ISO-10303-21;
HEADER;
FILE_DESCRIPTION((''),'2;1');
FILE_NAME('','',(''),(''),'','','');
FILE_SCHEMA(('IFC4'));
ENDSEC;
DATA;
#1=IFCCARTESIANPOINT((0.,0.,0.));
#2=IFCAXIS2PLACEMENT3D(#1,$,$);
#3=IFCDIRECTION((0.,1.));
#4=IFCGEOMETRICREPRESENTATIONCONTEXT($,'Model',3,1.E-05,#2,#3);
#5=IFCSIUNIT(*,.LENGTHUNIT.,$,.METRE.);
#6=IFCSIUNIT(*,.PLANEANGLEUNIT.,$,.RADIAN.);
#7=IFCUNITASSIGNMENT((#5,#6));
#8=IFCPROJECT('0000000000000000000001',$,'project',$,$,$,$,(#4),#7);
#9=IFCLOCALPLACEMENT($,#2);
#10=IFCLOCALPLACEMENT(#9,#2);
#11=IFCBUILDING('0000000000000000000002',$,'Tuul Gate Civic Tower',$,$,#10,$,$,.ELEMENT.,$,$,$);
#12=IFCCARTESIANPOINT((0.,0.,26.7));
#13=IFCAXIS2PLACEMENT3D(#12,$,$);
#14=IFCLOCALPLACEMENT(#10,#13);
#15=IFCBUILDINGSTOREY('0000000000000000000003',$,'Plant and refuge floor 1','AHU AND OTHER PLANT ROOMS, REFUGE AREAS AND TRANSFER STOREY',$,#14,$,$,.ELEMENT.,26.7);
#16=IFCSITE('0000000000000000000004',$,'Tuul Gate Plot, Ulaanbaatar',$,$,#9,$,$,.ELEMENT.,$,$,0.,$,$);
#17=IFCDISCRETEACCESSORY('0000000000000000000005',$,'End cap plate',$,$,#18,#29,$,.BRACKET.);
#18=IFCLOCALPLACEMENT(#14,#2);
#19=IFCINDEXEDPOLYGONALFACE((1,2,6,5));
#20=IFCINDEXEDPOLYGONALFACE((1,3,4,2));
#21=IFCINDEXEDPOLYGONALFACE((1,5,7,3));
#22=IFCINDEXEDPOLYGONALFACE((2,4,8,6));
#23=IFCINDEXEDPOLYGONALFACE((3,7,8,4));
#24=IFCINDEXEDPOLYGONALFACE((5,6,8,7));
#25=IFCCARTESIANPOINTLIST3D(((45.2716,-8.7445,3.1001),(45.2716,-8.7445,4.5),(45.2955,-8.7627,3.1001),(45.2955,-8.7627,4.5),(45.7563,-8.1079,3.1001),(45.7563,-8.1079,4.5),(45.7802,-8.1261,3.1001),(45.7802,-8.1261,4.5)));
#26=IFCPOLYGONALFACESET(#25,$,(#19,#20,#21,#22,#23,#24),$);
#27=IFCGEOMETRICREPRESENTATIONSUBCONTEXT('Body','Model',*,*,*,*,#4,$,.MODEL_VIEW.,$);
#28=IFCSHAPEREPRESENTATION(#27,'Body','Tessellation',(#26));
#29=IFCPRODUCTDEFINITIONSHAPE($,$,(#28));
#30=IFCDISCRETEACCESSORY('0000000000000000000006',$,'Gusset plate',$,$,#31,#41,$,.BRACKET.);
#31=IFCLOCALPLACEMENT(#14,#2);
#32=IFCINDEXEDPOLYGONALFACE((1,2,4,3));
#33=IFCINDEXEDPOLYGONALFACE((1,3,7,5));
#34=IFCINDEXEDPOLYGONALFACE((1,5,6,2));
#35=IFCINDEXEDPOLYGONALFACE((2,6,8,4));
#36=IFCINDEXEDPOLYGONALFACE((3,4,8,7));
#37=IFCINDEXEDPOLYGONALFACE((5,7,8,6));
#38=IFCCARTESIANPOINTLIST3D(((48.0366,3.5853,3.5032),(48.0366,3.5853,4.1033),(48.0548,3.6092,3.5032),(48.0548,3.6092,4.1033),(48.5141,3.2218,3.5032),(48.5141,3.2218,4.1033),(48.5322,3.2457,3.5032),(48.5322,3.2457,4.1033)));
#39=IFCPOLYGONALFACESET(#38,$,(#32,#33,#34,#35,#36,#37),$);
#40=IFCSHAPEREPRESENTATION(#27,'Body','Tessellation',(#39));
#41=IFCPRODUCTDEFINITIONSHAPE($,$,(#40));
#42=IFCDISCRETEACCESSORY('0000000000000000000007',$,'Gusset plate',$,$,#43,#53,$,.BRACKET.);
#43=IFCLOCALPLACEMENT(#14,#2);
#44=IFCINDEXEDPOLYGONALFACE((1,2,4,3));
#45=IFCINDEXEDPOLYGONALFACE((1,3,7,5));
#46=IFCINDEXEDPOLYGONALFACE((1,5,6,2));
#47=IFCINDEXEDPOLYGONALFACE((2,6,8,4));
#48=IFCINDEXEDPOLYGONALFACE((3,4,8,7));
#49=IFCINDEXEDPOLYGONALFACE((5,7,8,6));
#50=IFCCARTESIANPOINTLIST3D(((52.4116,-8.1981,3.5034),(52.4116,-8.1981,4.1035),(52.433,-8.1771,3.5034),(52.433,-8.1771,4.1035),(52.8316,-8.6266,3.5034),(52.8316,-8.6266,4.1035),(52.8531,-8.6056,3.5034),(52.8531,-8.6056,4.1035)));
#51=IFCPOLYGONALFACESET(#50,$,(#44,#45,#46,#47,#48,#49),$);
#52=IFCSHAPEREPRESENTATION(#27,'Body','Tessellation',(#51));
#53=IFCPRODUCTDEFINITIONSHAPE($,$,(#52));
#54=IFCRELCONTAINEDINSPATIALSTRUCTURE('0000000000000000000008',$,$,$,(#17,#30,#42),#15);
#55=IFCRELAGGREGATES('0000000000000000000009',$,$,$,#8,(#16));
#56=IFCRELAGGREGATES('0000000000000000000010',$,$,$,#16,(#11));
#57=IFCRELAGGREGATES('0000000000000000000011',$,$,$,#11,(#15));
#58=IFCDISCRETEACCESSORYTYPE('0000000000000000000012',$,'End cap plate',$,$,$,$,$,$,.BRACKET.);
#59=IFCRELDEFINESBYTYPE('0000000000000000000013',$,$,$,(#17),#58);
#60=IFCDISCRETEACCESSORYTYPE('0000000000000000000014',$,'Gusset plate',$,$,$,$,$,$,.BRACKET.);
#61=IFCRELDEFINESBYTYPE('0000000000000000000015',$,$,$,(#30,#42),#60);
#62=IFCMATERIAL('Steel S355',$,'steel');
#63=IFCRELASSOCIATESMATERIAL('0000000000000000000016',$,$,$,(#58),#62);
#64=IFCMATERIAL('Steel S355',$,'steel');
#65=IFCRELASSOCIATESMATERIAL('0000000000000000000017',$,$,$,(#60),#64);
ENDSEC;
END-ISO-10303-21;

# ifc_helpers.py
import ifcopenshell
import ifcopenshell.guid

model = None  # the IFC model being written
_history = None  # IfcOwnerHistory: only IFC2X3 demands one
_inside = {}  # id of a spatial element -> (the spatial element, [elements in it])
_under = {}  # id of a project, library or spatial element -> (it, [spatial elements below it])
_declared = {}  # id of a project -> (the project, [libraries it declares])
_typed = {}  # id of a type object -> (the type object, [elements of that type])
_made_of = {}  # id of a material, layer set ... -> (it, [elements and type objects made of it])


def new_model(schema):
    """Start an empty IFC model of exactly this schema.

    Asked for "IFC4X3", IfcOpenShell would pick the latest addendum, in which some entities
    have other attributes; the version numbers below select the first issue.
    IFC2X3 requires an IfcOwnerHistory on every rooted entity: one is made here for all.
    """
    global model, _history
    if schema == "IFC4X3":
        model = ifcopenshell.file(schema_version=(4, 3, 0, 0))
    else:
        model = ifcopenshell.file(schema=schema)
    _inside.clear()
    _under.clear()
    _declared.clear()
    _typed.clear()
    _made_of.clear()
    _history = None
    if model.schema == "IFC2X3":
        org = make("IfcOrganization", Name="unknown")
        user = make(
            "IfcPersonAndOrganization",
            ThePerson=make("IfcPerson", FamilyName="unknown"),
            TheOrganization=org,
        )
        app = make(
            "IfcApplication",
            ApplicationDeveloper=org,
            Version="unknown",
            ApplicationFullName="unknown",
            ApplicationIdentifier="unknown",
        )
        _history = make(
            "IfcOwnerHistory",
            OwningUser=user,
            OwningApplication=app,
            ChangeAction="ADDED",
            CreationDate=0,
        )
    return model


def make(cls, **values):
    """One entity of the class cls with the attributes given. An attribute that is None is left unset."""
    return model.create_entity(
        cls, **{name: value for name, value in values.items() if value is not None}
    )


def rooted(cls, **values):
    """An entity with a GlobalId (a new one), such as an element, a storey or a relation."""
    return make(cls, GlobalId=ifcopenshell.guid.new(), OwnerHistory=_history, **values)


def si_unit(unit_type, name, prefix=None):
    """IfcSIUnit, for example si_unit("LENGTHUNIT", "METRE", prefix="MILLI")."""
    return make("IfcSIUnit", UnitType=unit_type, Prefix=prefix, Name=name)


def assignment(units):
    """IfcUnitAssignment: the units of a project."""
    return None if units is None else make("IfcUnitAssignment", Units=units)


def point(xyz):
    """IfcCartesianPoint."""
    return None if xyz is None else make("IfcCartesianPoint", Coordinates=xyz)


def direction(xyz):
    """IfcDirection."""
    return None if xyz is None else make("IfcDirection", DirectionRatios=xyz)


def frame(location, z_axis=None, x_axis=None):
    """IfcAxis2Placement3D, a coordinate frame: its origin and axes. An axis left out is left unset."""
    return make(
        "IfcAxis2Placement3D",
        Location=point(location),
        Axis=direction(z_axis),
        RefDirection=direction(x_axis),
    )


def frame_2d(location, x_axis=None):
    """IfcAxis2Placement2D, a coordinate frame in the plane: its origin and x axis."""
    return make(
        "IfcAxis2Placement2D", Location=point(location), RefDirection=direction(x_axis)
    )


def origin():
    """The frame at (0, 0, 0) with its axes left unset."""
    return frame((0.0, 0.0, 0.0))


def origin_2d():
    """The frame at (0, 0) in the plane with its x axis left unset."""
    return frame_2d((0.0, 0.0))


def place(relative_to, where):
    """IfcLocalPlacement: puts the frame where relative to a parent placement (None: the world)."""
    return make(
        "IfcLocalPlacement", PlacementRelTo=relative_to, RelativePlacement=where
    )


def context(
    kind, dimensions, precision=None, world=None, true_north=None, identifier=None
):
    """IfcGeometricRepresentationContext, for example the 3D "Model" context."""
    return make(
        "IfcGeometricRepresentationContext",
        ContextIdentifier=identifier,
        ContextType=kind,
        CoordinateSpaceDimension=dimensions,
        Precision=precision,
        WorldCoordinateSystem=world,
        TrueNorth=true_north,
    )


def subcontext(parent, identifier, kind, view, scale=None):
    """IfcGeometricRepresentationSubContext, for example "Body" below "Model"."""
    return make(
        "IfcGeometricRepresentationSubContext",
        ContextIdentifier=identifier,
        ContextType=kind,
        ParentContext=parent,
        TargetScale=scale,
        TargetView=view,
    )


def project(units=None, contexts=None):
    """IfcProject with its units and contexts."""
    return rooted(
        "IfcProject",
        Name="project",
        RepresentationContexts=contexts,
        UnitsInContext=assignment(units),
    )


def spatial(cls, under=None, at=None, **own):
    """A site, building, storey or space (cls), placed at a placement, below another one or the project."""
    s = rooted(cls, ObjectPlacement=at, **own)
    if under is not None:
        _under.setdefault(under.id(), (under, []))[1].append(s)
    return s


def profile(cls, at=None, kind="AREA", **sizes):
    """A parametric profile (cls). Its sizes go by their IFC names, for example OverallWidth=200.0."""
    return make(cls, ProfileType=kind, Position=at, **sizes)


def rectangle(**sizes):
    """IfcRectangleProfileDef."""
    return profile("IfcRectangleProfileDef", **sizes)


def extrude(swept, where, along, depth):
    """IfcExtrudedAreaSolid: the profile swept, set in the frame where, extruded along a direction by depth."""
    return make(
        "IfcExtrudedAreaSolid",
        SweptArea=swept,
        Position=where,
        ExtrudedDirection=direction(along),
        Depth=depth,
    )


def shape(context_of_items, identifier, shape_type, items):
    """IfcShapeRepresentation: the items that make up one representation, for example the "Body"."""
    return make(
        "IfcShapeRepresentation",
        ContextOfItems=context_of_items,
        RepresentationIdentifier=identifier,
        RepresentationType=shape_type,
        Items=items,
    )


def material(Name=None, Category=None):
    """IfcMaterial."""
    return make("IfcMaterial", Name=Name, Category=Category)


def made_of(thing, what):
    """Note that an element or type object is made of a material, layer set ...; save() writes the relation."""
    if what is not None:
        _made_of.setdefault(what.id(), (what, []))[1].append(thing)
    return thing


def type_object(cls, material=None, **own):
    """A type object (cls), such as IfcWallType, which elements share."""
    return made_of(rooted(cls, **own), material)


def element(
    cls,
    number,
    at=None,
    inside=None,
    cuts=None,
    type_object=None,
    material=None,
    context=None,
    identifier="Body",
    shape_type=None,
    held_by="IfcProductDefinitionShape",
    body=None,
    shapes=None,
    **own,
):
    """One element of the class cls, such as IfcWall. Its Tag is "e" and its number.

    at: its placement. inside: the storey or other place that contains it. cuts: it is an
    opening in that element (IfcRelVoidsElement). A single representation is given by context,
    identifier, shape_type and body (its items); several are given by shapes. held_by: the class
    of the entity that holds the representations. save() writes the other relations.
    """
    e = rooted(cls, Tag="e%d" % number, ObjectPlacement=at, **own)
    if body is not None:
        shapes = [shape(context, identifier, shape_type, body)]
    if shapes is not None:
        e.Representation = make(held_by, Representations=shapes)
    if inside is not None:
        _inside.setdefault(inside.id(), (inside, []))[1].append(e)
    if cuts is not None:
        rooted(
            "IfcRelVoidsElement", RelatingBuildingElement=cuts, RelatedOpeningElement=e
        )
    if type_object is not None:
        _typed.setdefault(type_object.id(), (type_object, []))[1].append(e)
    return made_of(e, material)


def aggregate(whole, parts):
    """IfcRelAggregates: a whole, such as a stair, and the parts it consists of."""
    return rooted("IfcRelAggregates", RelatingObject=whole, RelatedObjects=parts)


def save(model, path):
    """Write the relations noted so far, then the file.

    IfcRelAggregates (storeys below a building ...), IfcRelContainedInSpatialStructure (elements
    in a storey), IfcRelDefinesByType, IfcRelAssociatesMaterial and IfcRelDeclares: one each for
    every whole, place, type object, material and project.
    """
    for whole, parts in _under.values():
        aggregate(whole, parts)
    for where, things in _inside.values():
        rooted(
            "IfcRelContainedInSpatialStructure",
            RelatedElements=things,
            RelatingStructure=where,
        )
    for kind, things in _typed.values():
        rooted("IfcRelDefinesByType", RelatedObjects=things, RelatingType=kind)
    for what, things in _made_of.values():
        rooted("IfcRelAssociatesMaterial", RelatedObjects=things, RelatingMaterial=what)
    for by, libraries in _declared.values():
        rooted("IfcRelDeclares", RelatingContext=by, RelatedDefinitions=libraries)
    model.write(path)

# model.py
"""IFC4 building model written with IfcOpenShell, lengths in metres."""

from ifc_helpers import new_model, si_unit, direction, frame, origin, origin_2d, place, context, subcontext, project, spatial, rectangle, extrude, material, type_object, element, save


model = new_model("IFC4")

# Units and contexts
model_context = context("Model", 3, precision=1e-05, world=origin(), true_north=direction((0.0, 1.0)))
body_context = subcontext(model_context, "Body", "Model", "MODEL_VIEW")
ifc_project = project(units=[si_unit("LENGTHUNIT", "METRE"), si_unit("PLANEANGLEUNIT", "RADIAN")], contexts=[model_context])

# Site, building, storey
site_placement = place(None, origin())
site = spatial("IfcSite", under=ifc_project, at=site_placement, Name="Tuul Gate Plot, Ulaanbaatar", CompositionType="ELEMENT", RefElevation=0.0)
building_placement = place(site_placement, origin())
building = spatial("IfcBuilding", under=site, at=building_placement, Name="Tuul Gate Civic Tower", CompositionType="ELEMENT")
storey_placement = place(building_placement, frame((0.0, 0.0, 26.7)))
storey = spatial("IfcBuildingStorey", under=building, at=storey_placement, Name="Plant and refuge floor 1", Description="AHU AND OTHER PLANT ROOMS, REFUGE AREAS AND TRANSFER STOREY", CompositionType="ELEMENT", Elevation=26.7)

# Discrete accessories
ifc_material_1 = material(Name="Steel S355", Category="steel")
discrete_accessory_type_1 = type_object("IfcDiscreteAccessoryType", Name="End cap plate", PredefinedType="BRACKET", material=ifc_material_1)
discrete_accessory_placement = place(storey_placement, frame((45.5259, -8.4353, 3.1001), z_axis=(0.0, 0.0, 1.0), x_axis=(0.795624, -0.605791, 0.0)))
element("IfcDiscreteAccessory", 1, at=discrete_accessory_placement, inside=storey, type_object=discrete_accessory_type_1, Name="End cap plate", PredefinedType="BRACKET", context=body_context, shape_type="SweptSolid", body=[
    extrude(rectangle(XDim=0.03, YDim=0.8, at=origin_2d()), origin(), (0.0, 0.0, 1.0), 1.3999),
])
ifc_material_2 = material(Name="Steel S355", Category="steel")
discrete_accessory_type_2 = type_object("IfcDiscreteAccessoryType", Name="Gusset plate", PredefinedType="BRACKET", material=ifc_material_2)
for number, where, z_axis, x_axis, name in (
    (2, (48.2844, 3.4155, 3.5032), (0.0, 0.0, 1.0), (0.795625, -0.60579, 0.0), "Gusset plate"),
    (3, (52.6323, -8.4019, 3.5034), (0.0, 0.0, 1.0), (0.7, -0.714143, 0.0), "Gusset plate"),
):
    element("IfcDiscreteAccessory", number, at=place(storey_placement, frame(where, z_axis=z_axis, x_axis=x_axis)), inside=storey, type_object=discrete_accessory_type_2, Name=name, PredefinedType="BRACKET", context=body_context, shape_type="SweptSolid", body=[
        extrude(rectangle(XDim=0.6001, YDim=0.03, at=origin_2d()), origin(), (0.0, 0.0, 1.0), 0.6001),
    ])

save(model, "model.ifc")
